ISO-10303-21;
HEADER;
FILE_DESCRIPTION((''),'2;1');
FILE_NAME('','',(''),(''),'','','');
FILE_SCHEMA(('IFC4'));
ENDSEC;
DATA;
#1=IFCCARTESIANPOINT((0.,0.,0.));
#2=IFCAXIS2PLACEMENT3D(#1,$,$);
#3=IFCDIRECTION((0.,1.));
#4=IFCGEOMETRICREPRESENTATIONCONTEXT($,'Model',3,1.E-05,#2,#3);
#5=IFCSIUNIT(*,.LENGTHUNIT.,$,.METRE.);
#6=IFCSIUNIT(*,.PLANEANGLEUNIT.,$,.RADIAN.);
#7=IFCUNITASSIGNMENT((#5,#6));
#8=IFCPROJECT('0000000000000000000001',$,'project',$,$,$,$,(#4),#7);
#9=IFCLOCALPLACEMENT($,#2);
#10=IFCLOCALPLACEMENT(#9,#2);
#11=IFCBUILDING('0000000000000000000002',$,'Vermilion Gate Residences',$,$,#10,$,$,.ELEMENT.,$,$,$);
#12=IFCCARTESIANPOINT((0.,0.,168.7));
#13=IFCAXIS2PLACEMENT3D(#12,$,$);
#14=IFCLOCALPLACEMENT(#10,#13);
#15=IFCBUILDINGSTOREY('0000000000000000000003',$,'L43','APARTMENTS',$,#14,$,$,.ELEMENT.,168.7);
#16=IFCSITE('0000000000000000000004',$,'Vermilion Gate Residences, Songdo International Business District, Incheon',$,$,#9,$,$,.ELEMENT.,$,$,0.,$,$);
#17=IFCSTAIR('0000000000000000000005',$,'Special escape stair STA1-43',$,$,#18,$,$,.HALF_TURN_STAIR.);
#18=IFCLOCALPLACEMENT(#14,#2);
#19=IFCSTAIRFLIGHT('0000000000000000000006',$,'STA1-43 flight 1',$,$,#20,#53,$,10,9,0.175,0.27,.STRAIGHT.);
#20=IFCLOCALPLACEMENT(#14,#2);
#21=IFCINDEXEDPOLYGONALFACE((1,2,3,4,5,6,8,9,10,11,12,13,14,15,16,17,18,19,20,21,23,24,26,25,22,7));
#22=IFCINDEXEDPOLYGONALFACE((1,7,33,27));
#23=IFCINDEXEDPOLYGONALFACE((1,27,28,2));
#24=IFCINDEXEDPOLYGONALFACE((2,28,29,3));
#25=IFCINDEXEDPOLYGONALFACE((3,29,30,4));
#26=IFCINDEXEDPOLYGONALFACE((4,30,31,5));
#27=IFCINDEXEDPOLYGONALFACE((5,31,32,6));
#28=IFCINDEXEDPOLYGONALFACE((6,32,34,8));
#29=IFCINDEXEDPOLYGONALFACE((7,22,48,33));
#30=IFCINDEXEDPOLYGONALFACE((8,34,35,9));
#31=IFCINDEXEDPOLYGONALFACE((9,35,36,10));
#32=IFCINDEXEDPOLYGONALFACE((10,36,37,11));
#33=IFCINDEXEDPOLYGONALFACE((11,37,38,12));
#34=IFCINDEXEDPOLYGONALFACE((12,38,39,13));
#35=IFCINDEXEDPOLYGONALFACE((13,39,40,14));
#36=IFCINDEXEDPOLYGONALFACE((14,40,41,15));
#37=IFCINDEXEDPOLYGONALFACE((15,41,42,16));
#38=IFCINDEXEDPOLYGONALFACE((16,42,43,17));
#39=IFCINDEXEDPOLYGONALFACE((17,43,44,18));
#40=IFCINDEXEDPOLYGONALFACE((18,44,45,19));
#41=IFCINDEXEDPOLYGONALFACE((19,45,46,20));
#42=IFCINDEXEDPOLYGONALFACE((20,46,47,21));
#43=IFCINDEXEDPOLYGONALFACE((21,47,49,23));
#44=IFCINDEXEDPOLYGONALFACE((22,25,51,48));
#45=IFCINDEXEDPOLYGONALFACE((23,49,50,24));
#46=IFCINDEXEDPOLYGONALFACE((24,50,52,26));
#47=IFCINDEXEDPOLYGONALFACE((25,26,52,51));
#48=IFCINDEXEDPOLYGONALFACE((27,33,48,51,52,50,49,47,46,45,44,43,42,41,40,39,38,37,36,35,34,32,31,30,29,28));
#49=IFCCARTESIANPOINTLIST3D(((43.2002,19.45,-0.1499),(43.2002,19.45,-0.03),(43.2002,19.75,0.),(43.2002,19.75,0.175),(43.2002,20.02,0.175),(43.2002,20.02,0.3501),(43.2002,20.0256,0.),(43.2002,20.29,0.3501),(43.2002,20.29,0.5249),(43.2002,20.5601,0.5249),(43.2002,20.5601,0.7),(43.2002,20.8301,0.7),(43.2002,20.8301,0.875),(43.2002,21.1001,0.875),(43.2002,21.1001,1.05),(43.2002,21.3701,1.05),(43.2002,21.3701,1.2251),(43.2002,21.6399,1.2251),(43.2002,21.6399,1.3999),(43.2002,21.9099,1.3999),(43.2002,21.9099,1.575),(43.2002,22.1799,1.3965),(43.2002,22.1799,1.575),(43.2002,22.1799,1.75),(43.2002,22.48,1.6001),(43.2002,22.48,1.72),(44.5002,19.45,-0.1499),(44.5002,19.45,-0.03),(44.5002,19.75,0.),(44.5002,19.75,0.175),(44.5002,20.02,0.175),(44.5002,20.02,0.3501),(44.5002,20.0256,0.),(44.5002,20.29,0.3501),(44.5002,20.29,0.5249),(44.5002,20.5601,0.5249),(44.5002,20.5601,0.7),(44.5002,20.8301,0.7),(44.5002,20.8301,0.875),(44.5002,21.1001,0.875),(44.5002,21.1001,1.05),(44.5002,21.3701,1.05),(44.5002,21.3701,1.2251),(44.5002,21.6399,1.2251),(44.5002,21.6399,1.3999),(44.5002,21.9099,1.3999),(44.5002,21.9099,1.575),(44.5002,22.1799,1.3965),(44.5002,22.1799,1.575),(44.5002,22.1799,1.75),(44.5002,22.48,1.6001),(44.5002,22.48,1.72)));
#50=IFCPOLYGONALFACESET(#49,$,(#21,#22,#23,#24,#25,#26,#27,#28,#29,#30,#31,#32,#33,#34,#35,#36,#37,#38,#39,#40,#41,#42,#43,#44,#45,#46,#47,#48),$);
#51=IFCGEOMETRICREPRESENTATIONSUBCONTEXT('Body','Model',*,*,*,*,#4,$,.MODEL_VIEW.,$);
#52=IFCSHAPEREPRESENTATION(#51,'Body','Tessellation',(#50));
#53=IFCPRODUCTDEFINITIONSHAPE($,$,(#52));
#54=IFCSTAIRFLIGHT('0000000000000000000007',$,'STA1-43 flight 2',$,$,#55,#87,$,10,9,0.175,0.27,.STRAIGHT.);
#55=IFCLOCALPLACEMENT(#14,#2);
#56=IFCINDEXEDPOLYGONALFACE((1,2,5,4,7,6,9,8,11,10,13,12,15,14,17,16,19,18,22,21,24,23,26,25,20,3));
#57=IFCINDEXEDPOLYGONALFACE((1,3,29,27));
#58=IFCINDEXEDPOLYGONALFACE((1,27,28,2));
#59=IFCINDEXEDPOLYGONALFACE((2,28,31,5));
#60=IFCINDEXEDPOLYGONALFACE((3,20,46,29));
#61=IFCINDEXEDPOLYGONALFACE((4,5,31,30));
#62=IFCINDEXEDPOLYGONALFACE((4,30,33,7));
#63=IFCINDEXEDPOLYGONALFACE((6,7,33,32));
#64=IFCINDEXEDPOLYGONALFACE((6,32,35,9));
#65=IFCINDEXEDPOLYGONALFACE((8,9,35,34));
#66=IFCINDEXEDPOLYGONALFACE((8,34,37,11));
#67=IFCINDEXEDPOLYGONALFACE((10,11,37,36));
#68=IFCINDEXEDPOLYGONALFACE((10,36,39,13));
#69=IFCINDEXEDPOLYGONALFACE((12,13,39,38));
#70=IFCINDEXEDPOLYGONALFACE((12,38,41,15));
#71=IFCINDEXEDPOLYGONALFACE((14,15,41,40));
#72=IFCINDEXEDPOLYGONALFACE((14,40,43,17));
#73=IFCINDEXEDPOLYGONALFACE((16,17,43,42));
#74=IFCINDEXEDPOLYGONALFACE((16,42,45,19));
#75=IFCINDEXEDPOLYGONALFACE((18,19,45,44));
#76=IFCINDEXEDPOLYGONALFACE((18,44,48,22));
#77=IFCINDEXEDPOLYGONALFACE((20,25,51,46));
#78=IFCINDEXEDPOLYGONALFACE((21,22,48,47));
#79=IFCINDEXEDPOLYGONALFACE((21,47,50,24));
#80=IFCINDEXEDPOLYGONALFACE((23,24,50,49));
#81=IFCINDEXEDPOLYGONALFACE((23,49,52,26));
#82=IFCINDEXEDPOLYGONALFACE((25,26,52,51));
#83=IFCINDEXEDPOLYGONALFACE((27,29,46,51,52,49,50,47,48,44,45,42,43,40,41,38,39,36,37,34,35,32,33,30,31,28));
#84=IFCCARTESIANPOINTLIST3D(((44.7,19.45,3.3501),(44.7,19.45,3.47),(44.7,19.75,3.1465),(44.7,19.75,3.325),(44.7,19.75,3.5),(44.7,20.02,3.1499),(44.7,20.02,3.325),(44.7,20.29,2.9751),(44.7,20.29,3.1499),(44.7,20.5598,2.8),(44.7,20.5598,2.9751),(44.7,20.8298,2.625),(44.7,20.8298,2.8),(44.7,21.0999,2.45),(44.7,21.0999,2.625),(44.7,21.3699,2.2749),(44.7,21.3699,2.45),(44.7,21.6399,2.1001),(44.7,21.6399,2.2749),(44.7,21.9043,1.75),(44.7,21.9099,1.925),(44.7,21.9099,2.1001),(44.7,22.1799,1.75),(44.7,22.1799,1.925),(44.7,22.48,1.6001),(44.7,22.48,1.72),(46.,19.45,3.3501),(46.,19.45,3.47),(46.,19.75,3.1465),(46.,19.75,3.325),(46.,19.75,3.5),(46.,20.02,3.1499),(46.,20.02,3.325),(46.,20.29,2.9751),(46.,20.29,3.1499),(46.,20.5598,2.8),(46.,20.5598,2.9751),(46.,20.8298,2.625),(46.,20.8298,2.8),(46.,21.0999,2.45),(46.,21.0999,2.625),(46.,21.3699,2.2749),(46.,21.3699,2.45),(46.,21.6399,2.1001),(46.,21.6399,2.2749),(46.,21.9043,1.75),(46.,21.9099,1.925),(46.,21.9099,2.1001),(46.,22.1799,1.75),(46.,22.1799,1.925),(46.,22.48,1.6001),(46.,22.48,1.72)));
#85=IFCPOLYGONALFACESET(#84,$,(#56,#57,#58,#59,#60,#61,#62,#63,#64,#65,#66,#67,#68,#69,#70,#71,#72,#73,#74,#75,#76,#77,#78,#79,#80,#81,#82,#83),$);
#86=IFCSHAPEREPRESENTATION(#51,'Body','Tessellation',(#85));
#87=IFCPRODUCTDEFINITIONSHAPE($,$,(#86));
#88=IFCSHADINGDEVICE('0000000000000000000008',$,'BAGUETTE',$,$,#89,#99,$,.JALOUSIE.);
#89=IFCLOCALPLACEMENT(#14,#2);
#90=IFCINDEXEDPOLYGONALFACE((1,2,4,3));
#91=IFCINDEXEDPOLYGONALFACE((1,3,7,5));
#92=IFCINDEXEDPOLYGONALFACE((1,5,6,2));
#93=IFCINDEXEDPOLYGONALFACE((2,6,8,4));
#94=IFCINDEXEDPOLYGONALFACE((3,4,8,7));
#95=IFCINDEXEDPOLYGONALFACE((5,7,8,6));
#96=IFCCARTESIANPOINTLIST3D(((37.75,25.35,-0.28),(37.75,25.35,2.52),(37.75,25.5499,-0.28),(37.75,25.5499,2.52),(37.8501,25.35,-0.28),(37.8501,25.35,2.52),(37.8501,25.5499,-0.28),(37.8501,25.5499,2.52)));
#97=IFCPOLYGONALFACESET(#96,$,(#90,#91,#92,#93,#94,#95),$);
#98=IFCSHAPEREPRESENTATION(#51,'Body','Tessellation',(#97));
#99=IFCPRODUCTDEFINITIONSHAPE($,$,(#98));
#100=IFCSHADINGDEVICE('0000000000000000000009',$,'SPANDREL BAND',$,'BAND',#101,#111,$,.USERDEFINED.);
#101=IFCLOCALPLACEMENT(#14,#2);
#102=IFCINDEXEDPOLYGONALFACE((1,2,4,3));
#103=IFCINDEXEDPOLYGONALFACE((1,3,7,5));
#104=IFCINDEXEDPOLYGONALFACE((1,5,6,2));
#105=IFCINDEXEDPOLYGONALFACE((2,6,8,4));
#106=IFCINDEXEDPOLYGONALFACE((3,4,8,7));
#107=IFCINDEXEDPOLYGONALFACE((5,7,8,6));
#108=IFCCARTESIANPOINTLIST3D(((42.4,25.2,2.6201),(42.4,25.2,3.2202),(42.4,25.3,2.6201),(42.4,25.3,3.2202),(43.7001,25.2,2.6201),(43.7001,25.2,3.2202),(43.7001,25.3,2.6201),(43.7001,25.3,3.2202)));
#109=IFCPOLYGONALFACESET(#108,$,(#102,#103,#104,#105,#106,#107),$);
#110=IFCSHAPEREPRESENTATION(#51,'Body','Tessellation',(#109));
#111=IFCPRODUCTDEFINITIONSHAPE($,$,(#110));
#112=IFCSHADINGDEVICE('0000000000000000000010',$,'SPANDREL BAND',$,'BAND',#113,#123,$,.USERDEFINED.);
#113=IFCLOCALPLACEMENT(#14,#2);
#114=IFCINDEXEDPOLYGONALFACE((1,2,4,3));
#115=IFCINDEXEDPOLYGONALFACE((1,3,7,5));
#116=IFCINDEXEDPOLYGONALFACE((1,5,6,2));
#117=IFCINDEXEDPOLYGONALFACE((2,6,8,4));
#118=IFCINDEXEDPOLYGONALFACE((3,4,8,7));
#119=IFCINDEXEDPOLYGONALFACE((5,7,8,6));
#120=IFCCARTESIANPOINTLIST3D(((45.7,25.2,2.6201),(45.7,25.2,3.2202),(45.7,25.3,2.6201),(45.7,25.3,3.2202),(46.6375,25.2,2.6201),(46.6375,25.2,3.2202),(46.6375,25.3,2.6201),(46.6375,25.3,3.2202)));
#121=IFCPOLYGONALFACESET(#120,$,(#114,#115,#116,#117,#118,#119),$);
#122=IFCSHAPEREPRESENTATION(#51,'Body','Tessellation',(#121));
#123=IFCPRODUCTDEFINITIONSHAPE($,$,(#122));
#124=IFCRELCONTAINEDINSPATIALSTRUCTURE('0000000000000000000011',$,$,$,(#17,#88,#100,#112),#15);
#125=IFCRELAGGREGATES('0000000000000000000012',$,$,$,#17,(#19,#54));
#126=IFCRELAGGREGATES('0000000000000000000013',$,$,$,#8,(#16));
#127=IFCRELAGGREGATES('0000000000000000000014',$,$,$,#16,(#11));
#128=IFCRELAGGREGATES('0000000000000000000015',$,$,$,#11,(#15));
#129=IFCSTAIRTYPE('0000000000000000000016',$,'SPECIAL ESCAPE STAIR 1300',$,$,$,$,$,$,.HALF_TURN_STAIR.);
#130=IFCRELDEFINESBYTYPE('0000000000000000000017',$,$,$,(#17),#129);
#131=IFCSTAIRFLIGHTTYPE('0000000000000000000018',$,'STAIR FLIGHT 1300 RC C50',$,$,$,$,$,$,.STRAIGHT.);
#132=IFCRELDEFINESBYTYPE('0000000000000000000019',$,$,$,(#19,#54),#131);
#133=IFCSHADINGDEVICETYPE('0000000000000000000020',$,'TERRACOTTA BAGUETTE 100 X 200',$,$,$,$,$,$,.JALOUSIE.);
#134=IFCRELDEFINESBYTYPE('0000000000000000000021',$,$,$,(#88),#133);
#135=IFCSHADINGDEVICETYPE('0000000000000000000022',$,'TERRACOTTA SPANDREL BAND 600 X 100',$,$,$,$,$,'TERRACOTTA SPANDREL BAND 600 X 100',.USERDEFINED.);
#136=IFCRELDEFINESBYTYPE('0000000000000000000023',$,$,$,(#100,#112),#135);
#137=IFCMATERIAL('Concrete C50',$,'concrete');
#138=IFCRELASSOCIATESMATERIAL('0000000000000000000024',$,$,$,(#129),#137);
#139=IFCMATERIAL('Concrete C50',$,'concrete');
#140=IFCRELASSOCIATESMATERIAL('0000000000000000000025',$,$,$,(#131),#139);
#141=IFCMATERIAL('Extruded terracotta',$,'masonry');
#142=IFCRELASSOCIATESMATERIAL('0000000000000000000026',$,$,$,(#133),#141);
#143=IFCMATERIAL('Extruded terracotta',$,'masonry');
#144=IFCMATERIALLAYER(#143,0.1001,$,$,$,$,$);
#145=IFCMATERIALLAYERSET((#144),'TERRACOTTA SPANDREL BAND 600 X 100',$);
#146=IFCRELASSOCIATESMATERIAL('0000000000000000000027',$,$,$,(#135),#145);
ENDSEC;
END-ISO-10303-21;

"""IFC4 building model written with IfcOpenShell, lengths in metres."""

from ifc_helpers import new_model, si_unit, direction, frame, origin, origin_2d, place, context, subcontext, project, spatial, polyline, rectangle, outline, extrude, material, layer, layer_set, material_profile, profile_set, type_object, element, aggregate, save


model = new_model("IFC4")

# Units and contexts
model_context = context("Model", 3, precision=1e-05, world=origin(), true_north=direction((0.0, 1.0)))
body_context = subcontext(model_context, "Body", "Model", "MODEL_VIEW")
ifc_project = project(units=[si_unit("LENGTHUNIT", "METRE"), si_unit("PLANEANGLEUNIT", "RADIAN")], contexts=[model_context])

# Site, building, storey
site_placement = place(None, origin())
site = spatial("IfcSite", under=ifc_project, at=site_placement, Name="Vermilion Gate Residences, Songdo International Business District, Incheon", CompositionType="ELEMENT", RefElevation=0.0)
building_placement = place(site_placement, origin())
building = spatial("IfcBuilding", under=site, at=building_placement, Name="Vermilion Gate Residences", CompositionType="ELEMENT")
storey_placement = place(building_placement, frame((0.0, 0.0, 168.7)))
storey = spatial("IfcBuildingStorey", under=building, at=storey_placement, Name="L43", Description="APARTMENTS", CompositionType="ELEMENT", Elevation=168.7)

# Stair, stair flights
ifc_material_1 = material(Name="Concrete C50", Category="concrete")
stair_type = type_object("IfcStairType", Name="SPECIAL ESCAPE STAIR 1300", PredefinedType="HALF_TURN_STAIR", material=ifc_material_1)
stair_placement = place(storey_placement, origin())
stair = element("IfcStair", 1, at=stair_placement, inside=storey, type_object=stair_type, Name="Special escape stair STA1-43", PredefinedType="HALF_TURN_STAIR")
ifc_material_2 = material(Name="Concrete C50", Category="concrete")
stair_flight_type = type_object("IfcStairFlightType", Name="STAIR FLIGHT 1300 RC C50", PredefinedType="STRAIGHT", material=ifc_material_2)
stair_flight_1_placement = place(storey_placement, frame((43.8501, 19.75, 0.0), z_axis=(0.0, 0.0, 1.0), x_axis=(0.0, 1.0, 0.0)))
stair_flight_1 = element("IfcStairFlight", 2, at=stair_flight_1_placement, type_object=stair_flight_type, Name="STA1-43 flight 1", NumberOfRisers=10, NumberOfTreads=9, PredefinedType="STRAIGHT", RiserHeight=0.175, TreadLength=0.27, context=body_context, shape_type="SweptSolid", body=[
    extrude(outline(polyline([(-0.3, -0.1499), (-0.3, -0.03), (0.0, 0.0), (0.0, 0.175), (0.27, 0.175), (0.27, 0.3501), (0.54, 0.3501), (0.54, 0.5249), (0.8101, 0.5249), (0.8101, 0.7), (1.0801, 0.7), (1.0801, 0.875), (1.3501, 0.875), (1.3501, 1.05), (1.6201, 1.05), (1.6201, 1.2251), (1.8899, 1.2251), (1.8899, 1.3999), (2.1599, 1.3999), (2.1599, 1.575), (2.4299, 1.575), (2.4299, 1.75), (2.73, 1.72), (2.73, 1.6001), (2.4299, 1.3965), (0.2756, 0.0), (-0.3, -0.1499)])), frame((0.0, 0.6499, 0.0), z_axis=(0.0, -1.0, 0.0), x_axis=(1.0, 0.0, 0.0)), (0.0, 0.0, 1.0), 1.3),
])
stair_flight_2_placement = place(storey_placement, frame((45.3501, 22.1799, 1.75), z_axis=(0.0, 0.0, 1.0), x_axis=(0.0, -1.0, 0.0)))
stair_flight_2 = element("IfcStairFlight", 3, at=stair_flight_2_placement, type_object=stair_flight_type, Name="STA1-43 flight 2", NumberOfRisers=10, NumberOfTreads=9, PredefinedType="STRAIGHT", RiserHeight=0.175, TreadLength=0.27, context=body_context, shape_type="SweptSolid", body=[
    extrude(outline(polyline([(-0.3, -0.1499), (-0.3, -0.03), (0.0, 0.0), (0.0, 0.175), (0.27, 0.175), (0.27, 0.3501), (0.54, 0.3501), (0.54, 0.5249), (0.8101, 0.5249), (0.8101, 0.7), (1.0801, 0.7), (1.0801, 0.875), (1.3501, 0.875), (1.3501, 1.05), (1.6201, 1.05), (1.6201, 1.2251), (1.8899, 1.2251), (1.8899, 1.3999), (2.1599, 1.3999), (2.1599, 1.575), (2.4299, 1.575), (2.4299, 1.75), (2.73, 1.72), (2.73, 1.6001), (2.4299, 1.3965), (0.2756, 0.0), (-0.3, -0.1499)])), frame((0.0, 0.6499, 0.0), z_axis=(0.0, -1.0, 0.0), x_axis=(1.0, 0.0, 0.0)), (0.0, 0.0, 1.0), 1.3),
])
aggregate(stair, [stair_flight_1, stair_flight_2])

# Shading devices
ifc_material_3 = material(Name="Extruded terracotta", Category="masonry")
ifc_material_profile = material_profile(ifc_material_3, rectangle(XDim=0.2, YDim=0.1001, at=origin_2d()), Name="BAGUETTE 100 X 200")
ifc_profile_set = profile_set([ifc_material_profile], Name="Extruded terracotta")
shading_device_type_1 = type_object("IfcShadingDeviceType", Name="TERRACOTTA BAGUETTE 100 X 200", PredefinedType="JALOUSIE", material=ifc_profile_set)
shading_device_1_placement = place(storey_placement, frame((37.8, 25.45, -0.28), z_axis=(0.0, 0.0, 1.0), x_axis=(0.0, -1.0, 0.0)))
element("IfcShadingDevice", 4, at=shading_device_1_placement, inside=storey, type_object=shading_device_type_1, Name="BAGUETTE", PredefinedType="JALOUSIE", context=body_context, shape_type="SweptSolid", body=[
    extrude(rectangle(XDim=0.2, YDim=0.1001, at=origin_2d()), origin(), (0.0, 0.0, 1.0), 2.8),
])
ifc_material_4 = material(Name="Extruded terracotta", Category="masonry")
ifc_layer_1 = layer(ifc_material_4, 0.1001)
ifc_layer_set_1 = layer_set([ifc_layer_1], Name="TERRACOTTA SPANDREL BAND 600 X 100")
shading_device_type_2 = type_object("IfcShadingDeviceType", Name="TERRACOTTA SPANDREL BAND 600 X 100", ElementType="TERRACOTTA SPANDREL BAND 600 X 100", PredefinedType="USERDEFINED", material=ifc_layer_set_1)
shading_device_2_placement = place(storey_placement, frame((43.05, 25.25, 2.6201), z_axis=(0.0, 0.0, 1.0), x_axis=(1.0, 0.0, 0.0)))
element("IfcShadingDevice", 5, at=shading_device_2_placement, inside=storey, type_object=shading_device_type_2, Name="SPANDREL BAND", ObjectType="BAND", PredefinedType="USERDEFINED", context=body_context, shape_type="SweptSolid", body=[
    extrude(rectangle(XDim=1.3, YDim=0.1001, at=origin_2d()), origin(), (0.0, 0.0, 1.0), 0.6001),
])
shading_device_3_placement = place(storey_placement, frame((46.1687, 25.25, 2.6201), z_axis=(0.0, 0.0, 1.0), x_axis=(1.0, 0.0, 0.0)))
element("IfcShadingDevice", 6, at=shading_device_3_placement, inside=storey, type_object=shading_device_type_2, Name="SPANDREL BAND", ObjectType="BAND", PredefinedType="USERDEFINED", context=body_context, shape_type="SweptSolid", body=[
    extrude(rectangle(XDim=0.9375, YDim=0.1001, at=origin_2d()), origin(), (0.0, 0.0, 1.0), 0.6001),
])

save(model, "model.ifc")
